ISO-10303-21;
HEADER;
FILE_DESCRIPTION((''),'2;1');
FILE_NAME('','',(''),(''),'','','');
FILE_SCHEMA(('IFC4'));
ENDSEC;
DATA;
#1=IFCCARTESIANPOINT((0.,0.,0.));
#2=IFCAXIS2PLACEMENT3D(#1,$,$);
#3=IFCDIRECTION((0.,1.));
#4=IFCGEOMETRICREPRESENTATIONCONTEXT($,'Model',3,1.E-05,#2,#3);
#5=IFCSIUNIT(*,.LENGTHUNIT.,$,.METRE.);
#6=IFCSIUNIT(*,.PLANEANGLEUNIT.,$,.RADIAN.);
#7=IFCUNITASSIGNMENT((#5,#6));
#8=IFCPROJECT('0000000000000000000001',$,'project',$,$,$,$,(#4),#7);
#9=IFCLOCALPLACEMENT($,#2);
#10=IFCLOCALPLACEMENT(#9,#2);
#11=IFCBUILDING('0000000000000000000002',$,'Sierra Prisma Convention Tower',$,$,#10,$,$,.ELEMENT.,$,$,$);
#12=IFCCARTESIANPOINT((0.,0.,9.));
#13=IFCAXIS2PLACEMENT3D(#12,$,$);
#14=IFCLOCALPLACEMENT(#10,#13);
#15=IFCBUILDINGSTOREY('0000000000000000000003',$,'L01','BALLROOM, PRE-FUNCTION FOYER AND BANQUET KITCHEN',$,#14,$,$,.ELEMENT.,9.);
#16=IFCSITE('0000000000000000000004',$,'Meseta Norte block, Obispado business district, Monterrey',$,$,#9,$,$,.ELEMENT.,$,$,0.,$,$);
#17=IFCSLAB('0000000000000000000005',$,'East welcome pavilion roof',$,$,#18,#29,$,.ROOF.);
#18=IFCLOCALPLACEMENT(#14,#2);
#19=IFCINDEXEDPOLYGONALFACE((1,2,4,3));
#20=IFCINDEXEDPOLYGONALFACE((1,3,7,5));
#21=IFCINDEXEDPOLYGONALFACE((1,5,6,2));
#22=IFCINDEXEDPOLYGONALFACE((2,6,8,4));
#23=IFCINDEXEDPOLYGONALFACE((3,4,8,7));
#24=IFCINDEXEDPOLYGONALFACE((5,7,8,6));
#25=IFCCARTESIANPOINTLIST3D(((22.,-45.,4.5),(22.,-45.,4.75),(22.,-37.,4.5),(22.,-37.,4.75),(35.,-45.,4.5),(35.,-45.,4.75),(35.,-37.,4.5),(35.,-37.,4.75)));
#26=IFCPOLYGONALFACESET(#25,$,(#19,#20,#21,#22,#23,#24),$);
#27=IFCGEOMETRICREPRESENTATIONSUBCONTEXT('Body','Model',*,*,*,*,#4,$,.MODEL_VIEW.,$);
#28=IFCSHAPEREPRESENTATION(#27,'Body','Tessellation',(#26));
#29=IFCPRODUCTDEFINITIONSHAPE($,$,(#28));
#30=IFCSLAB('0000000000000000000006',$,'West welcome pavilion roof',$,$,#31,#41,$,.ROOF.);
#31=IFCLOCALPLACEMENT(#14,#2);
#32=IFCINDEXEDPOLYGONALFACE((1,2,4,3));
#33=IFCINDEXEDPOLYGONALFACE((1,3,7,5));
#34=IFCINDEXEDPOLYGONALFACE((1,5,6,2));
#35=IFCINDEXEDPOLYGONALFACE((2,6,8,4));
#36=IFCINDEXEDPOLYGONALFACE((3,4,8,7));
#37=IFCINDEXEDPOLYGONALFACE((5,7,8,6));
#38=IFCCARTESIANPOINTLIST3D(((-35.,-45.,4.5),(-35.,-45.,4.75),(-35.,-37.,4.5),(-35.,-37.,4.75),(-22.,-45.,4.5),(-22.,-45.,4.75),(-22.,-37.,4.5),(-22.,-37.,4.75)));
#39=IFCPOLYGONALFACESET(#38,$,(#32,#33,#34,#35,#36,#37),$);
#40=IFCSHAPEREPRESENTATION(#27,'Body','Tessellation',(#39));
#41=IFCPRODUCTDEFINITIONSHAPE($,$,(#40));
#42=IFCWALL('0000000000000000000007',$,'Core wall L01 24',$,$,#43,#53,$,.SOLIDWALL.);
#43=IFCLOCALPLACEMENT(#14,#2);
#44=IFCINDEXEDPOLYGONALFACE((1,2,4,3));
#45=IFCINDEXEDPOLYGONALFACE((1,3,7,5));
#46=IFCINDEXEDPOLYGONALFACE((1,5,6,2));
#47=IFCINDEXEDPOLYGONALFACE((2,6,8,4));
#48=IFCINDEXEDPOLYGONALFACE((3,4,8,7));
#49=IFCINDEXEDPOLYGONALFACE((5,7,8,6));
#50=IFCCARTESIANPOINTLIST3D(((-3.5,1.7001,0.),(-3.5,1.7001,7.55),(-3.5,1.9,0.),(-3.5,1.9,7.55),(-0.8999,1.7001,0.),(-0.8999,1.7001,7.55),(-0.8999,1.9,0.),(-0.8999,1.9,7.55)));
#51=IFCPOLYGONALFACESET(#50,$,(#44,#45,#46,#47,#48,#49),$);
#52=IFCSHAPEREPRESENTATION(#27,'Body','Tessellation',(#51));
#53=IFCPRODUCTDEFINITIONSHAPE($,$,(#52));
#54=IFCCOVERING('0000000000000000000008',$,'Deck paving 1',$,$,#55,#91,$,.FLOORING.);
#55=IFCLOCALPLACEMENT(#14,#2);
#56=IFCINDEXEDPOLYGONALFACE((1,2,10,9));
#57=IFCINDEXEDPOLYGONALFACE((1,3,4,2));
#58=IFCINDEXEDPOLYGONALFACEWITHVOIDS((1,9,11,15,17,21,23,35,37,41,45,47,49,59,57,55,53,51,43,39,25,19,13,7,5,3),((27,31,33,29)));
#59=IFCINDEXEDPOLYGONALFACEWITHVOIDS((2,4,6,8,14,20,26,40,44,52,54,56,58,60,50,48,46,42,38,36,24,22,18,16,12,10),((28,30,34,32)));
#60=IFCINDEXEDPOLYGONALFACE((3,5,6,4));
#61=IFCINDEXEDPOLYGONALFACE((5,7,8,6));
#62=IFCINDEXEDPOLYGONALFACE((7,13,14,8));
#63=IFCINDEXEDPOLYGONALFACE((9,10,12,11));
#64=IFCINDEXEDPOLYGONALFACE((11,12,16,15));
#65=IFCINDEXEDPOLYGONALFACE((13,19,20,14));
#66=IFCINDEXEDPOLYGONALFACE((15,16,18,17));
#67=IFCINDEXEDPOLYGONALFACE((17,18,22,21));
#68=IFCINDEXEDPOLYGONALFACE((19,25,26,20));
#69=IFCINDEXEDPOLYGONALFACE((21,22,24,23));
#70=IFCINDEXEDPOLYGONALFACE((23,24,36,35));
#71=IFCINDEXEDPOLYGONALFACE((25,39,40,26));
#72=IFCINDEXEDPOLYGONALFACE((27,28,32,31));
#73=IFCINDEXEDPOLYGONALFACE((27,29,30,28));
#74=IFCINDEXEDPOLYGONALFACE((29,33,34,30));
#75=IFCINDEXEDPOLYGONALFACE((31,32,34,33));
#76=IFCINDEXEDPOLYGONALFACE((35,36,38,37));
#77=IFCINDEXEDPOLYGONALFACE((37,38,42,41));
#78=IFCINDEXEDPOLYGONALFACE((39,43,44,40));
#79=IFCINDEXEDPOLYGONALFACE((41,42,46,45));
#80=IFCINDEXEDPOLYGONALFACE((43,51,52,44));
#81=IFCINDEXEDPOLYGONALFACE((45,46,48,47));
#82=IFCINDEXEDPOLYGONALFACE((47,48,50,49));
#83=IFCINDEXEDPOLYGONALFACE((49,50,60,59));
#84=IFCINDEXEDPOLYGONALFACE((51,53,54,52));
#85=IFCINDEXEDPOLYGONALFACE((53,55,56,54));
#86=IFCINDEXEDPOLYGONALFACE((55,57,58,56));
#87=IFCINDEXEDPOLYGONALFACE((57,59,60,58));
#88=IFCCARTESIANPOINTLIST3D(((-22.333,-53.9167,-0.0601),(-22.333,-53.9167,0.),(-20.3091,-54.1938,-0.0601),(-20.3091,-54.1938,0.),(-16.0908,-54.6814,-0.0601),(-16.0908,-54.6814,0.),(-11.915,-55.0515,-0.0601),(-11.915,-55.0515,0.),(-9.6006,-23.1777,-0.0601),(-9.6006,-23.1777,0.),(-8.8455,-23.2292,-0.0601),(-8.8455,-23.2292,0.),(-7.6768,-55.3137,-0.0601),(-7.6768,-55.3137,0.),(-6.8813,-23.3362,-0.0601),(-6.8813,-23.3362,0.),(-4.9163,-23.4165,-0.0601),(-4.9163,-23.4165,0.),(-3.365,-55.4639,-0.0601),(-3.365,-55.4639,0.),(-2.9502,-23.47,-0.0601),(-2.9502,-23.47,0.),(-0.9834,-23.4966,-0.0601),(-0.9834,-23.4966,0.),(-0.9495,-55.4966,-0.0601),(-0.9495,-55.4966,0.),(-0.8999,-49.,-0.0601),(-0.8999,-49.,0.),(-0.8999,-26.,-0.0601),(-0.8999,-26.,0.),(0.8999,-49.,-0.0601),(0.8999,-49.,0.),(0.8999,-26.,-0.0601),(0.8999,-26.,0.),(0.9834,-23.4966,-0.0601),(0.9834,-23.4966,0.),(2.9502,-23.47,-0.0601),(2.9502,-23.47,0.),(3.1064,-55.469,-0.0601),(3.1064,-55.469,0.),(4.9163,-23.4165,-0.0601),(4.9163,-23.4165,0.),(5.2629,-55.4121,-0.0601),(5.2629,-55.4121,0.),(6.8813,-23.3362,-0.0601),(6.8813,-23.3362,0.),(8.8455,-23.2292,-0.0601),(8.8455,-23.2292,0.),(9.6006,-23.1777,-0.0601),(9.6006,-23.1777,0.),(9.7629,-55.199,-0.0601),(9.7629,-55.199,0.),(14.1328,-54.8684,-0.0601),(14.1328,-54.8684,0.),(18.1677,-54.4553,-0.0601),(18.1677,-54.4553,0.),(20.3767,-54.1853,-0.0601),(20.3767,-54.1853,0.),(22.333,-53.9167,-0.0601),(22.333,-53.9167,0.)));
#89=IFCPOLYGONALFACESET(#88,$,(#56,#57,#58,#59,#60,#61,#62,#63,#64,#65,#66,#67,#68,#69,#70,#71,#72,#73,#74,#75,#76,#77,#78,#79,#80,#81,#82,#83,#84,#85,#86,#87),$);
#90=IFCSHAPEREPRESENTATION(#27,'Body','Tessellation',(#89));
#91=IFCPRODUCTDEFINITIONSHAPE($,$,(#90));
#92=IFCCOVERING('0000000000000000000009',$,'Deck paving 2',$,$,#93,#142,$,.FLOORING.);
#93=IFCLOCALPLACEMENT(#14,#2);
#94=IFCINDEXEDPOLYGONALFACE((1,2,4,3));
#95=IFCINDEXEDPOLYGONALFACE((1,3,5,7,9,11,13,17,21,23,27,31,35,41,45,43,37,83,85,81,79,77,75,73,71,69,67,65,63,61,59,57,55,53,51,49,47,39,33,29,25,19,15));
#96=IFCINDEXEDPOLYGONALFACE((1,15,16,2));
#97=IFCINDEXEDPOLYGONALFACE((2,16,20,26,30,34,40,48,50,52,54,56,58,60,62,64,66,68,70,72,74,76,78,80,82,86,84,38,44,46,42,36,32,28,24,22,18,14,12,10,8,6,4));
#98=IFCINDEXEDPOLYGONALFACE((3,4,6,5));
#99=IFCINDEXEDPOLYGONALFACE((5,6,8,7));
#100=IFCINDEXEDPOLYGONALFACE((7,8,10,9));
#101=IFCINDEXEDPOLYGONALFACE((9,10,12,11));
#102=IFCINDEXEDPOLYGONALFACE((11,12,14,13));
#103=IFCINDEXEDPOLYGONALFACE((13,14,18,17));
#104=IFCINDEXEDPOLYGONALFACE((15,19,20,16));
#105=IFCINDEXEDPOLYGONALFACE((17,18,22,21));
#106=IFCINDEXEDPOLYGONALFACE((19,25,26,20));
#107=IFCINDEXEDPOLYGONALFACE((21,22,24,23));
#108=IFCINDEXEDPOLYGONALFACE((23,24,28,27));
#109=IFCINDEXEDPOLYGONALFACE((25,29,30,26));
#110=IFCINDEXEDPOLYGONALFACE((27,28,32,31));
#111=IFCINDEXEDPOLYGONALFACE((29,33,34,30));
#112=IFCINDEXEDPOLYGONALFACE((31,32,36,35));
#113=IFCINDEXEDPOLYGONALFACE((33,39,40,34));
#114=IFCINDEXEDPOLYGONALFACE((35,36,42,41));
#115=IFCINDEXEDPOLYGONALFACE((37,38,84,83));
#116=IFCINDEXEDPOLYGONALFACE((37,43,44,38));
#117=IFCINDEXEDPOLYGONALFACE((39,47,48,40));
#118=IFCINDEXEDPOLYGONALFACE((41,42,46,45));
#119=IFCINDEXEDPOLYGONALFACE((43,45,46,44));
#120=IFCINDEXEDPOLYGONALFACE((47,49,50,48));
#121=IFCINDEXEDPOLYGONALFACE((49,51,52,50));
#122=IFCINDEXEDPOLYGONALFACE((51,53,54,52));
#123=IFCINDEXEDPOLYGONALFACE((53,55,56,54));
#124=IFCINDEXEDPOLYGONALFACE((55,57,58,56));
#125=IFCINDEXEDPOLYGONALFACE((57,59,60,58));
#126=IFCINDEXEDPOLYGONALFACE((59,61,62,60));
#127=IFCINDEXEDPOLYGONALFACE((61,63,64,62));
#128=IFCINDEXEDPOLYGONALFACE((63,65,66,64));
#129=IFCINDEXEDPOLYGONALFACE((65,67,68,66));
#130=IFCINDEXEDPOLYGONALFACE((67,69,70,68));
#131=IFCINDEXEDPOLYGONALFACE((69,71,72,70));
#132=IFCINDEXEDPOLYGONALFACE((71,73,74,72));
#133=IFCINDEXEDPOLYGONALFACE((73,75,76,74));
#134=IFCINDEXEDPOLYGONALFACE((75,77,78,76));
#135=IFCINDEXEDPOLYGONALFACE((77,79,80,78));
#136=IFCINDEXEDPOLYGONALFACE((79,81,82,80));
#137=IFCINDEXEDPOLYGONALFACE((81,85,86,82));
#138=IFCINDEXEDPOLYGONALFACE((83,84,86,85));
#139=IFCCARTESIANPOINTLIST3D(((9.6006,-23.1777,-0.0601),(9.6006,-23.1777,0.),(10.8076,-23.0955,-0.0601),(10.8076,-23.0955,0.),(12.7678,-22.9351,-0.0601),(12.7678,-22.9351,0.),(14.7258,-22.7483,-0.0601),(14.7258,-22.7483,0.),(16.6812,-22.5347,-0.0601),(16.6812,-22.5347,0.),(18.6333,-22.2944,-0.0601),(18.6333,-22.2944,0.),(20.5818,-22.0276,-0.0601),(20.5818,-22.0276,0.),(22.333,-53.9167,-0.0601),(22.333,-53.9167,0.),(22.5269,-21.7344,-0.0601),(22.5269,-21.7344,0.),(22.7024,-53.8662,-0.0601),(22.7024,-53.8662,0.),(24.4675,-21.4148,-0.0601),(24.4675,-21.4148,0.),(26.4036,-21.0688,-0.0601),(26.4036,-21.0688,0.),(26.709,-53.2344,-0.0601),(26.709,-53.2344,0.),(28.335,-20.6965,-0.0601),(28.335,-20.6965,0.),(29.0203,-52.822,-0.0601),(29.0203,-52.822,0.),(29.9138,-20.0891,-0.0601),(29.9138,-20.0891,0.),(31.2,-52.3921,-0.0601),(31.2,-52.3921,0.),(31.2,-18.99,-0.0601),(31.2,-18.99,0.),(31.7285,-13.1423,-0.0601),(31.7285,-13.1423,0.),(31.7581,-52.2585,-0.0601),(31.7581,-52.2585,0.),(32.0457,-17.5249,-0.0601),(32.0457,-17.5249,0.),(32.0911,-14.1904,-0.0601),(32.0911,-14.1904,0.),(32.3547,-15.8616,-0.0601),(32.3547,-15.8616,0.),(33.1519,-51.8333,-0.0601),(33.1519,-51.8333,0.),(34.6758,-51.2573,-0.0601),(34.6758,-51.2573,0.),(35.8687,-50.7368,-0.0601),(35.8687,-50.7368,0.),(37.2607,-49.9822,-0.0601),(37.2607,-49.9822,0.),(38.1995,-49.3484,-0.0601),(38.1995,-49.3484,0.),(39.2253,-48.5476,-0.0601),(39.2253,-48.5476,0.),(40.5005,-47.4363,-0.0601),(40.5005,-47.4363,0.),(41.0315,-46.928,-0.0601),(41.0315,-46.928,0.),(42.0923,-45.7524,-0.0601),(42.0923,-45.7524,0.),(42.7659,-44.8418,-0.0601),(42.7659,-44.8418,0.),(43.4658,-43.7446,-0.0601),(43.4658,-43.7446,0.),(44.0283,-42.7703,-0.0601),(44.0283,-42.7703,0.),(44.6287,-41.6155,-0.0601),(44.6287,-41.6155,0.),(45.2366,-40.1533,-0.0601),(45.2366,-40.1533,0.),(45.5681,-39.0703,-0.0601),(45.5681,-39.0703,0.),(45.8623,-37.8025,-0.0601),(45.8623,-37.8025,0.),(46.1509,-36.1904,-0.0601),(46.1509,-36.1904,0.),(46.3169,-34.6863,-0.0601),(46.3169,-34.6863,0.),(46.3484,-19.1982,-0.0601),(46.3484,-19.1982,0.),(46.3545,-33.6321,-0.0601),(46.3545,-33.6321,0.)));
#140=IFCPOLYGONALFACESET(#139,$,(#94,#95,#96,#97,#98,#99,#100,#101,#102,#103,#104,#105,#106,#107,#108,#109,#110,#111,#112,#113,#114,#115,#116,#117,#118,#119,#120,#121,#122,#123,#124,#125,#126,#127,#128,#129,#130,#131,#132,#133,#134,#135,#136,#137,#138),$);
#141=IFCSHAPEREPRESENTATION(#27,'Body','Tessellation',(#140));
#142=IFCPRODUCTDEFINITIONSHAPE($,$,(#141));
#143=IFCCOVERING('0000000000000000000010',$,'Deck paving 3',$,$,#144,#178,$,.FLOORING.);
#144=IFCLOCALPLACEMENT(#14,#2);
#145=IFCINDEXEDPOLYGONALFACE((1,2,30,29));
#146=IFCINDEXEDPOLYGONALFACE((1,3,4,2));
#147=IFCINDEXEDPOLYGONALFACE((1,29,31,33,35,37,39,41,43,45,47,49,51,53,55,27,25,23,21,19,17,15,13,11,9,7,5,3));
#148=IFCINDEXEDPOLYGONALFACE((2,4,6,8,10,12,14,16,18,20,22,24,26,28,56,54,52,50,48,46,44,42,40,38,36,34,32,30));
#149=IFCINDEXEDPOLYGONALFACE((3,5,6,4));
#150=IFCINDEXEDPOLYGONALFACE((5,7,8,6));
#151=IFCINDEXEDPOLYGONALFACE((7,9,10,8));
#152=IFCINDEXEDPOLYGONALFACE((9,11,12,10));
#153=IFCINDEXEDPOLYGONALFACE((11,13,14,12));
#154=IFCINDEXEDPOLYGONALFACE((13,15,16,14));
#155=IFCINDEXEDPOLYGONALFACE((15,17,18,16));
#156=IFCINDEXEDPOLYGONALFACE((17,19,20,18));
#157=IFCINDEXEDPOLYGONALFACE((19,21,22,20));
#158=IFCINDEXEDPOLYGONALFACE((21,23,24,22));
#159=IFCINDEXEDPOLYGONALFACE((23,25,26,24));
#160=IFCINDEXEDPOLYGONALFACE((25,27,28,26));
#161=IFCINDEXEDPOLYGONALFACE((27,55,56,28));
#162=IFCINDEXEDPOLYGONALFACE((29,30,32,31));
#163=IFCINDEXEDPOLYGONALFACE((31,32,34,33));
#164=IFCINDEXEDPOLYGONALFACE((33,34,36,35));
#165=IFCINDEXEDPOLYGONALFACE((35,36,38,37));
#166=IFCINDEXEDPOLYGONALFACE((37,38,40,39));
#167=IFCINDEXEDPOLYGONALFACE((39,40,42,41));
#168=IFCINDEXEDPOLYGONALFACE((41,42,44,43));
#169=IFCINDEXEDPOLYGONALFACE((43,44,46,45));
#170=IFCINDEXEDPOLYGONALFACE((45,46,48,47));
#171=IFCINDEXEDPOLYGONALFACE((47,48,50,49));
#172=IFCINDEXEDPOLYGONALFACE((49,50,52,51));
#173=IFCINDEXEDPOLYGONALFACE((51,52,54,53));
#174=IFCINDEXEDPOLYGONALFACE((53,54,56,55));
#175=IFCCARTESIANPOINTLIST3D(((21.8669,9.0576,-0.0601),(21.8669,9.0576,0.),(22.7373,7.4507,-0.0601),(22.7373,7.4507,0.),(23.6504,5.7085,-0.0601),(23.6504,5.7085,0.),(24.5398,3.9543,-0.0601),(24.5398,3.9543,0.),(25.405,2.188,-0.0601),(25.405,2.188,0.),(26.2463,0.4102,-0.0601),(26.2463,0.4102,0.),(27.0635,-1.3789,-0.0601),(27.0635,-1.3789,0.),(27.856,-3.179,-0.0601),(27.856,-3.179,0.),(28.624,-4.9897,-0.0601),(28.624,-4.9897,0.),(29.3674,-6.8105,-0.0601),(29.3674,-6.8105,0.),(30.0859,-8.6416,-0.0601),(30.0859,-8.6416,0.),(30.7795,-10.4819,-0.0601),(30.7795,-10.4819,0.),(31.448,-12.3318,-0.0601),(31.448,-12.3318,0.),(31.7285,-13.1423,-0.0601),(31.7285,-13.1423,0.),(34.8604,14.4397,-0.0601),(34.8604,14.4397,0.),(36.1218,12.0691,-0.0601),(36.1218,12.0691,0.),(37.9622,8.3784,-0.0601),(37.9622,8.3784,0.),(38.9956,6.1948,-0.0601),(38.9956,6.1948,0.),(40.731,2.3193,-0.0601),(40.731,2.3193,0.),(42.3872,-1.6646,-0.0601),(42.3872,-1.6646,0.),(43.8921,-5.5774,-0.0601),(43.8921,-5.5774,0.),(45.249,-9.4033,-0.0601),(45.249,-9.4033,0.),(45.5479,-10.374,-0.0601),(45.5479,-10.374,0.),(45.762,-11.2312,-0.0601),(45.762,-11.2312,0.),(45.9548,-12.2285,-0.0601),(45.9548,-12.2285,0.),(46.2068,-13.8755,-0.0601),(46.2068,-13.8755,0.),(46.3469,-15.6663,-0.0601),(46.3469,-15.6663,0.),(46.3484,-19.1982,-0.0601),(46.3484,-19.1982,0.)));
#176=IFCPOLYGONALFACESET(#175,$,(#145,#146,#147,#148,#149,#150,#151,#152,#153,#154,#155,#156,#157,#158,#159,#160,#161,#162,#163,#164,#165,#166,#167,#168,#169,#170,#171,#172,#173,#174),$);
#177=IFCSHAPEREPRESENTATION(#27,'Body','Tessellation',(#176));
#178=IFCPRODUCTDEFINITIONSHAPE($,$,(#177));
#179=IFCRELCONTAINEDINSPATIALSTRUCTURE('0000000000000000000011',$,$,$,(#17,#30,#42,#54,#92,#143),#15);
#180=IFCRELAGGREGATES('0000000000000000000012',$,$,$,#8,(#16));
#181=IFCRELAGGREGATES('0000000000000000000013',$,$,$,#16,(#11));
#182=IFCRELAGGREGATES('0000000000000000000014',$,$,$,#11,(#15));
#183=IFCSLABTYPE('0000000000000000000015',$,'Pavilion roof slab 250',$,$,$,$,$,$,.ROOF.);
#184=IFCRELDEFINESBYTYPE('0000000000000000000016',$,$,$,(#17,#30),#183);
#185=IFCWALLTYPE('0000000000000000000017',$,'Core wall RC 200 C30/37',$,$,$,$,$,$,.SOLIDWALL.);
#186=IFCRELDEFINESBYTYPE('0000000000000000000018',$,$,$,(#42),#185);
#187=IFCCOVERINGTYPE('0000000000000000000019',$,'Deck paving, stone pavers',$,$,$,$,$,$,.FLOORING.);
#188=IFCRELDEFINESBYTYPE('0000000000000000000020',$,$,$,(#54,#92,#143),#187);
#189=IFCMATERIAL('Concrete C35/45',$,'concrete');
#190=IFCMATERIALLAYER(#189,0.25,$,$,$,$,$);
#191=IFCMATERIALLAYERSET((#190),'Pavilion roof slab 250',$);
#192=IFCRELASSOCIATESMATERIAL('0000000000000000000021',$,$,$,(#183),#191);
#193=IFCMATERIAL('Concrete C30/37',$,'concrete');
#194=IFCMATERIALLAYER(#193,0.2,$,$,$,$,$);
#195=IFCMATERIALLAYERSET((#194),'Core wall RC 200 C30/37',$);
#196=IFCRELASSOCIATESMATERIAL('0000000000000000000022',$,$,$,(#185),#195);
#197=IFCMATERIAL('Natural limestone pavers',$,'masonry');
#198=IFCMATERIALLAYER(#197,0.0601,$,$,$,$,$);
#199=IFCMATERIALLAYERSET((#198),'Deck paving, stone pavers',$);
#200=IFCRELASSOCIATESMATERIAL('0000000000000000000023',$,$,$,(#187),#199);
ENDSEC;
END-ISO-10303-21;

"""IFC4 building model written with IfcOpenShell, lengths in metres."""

from ifc_helpers import new_model, si_unit, direction, frame, frame_2d, origin, place, context, subcontext, project, spatial, polyline, rectangle, outline, extrude, material, layer, layer_set, type_object, element, save


model = new_model("IFC4")

# Units and contexts
model_context = context("Model", 3, precision=1e-05, world=origin(), true_north=direction((0.0, 1.0)))
body_context = subcontext(model_context, "Body", "Model", "MODEL_VIEW")
ifc_project = project(units=[si_unit("LENGTHUNIT", "METRE"), si_unit("PLANEANGLEUNIT", "RADIAN")], contexts=[model_context])

# Site, building, storey
site_placement = place(None, origin())
site = spatial("IfcSite", under=ifc_project, at=site_placement, Name="Meseta Norte block, Obispado business district, Monterrey", CompositionType="ELEMENT", RefElevation=0.0)
building_placement = place(site_placement, origin())
building = spatial("IfcBuilding", under=site, at=building_placement, Name="Sierra Prisma Convention Tower", CompositionType="ELEMENT")
storey_placement = place(building_placement, frame((0.0, 0.0, 9.0)))
storey = spatial("IfcBuildingStorey", under=building, at=storey_placement, Name="L01", Description="BALLROOM, PRE-FUNCTION FOYER AND BANQUET KITCHEN", CompositionType="ELEMENT", Elevation=9.0)

# Slabs
ifc_material_1 = material(Name="Concrete C35/45", Category="concrete")
ifc_layer_1 = layer(ifc_material_1, 0.25)
ifc_layer_set_1 = layer_set([ifc_layer_1], Name="Pavilion roof slab 250")
slab_type_1 = type_object("IfcSlabType", Name="Pavilion roof slab 250", PredefinedType="ROOF", material=ifc_layer_set_1)
slab_1_placement = place(storey_placement, frame((0.0, 0.0, 4.5)))
element("IfcSlab", 1, at=slab_1_placement, inside=storey, type_object=slab_type_1, Name="East welcome pavilion roof", PredefinedType="ROOF", context=body_context, shape_type="SweptSolid", body=[
    extrude(outline(polyline([(22.0, -45.0), (35.0, -45.0), (35.0, -37.0), (22.0, -37.0), (22.0, -45.0)])), origin(), (0.0, 0.0, 1.0), 0.25),
])
slab_2_placement = place(storey_placement, frame((0.0, 0.0, 4.5)))
element("IfcSlab", 2, at=slab_2_placement, inside=storey, type_object=slab_type_1, Name="West welcome pavilion roof", PredefinedType="ROOF", context=body_context, shape_type="SweptSolid", body=[
    extrude(outline(polyline([(-35.0, -45.0), (-22.0, -45.0), (-22.0, -37.0), (-35.0, -37.0), (-35.0, -45.0)])), origin(), (0.0, 0.0, 1.0), 0.25),
])

# Wall
ifc_material_2 = material(Name="Concrete C30/37", Category="concrete")
ifc_layer_2 = layer(ifc_material_2, 0.2)
ifc_layer_set_2 = layer_set([ifc_layer_2], Name="Core wall RC 200 C30/37")
wall_type = type_object("IfcWallType", Name="Core wall RC 200 C30/37", PredefinedType="SOLIDWALL", material=ifc_layer_set_2)
wall_1_placement = place(storey_placement, frame((-0.8999, 1.8, 0.0), z_axis=(0.0, 0.0, 1.0), x_axis=(-1.0, 0.0, 0.0)))
element("IfcWall", 3, at=wall_1_placement, inside=storey, type_object=wall_type, Name="Core wall L01 24", PredefinedType="SOLIDWALL", context=body_context, shape_type="SweptSolid", body=[
    extrude(rectangle(XDim=2.6001, YDim=0.2, at=frame_2d((1.3, 0.0))), origin(), (0.0, 0.0, 1.0), 7.55),
])

# Coverings
ifc_material_3 = material(Name="Natural limestone pavers", Category="masonry")
ifc_layer_3 = layer(ifc_material_3, 0.0601)
ifc_layer_set_3 = layer_set([ifc_layer_3], Name="Deck paving, stone pavers")
covering_type_1 = type_object("IfcCoveringType", Name="Deck paving, stone pavers", PredefinedType="FLOORING", material=ifc_layer_set_3)
covering_1_placement = place(storey_placement, frame((0.0, 0.0, -0.0601)))
element("IfcCovering", 4, at=covering_1_placement, inside=storey, type_object=covering_type_1, Name="Deck paving 1", PredefinedType="FLOORING", context=body_context, shape_type="SweptSolid", body=[
    extrude(outline(polyline([(-3.365, -55.4639), (-0.9495, -55.4966), (3.1064, -55.469), (5.2629, -55.4121), (9.7629, -55.199), (14.1328, -54.8684), (18.1677, -54.4553), (20.3767, -54.1853), (22.333, -53.9167), (9.6006, -23.1777), (8.8455, -23.2292), (6.8813, -23.3362), (4.9163, -23.4165), (2.9502, -23.47), (0.9834, -23.4966), (-0.9834, -23.4966), (-2.9502, -23.47), (-4.9163, -23.4165), (-6.8813, -23.3362), (-8.8455, -23.2292), (-9.6006, -23.1777), (-22.333, -53.9167), (-20.3091, -54.1938), (-16.0908, -54.6814), (-11.915, -55.0515), (-7.6768, -55.3137), (-3.365, -55.4639)]), holes=[polyline([(0.8999, -49.0), (-0.8999, -49.0), (-0.8999, -26.0), (0.8999, -26.0), (0.8999, -49.0)])]), origin(), (0.0, 0.0, 1.0), 0.0601),
])
covering_2_placement = place(storey_placement, frame((0.0, 0.0, -0.0601)))
element("IfcCovering", 5, at=covering_2_placement, inside=storey, type_object=covering_type_1, Name="Deck paving 2", PredefinedType="FLOORING", context=body_context, shape_type="SweptSolid", body=[
    extrude(outline(polyline([(46.3484, -19.1982), (31.7285, -13.1423), (32.0911, -14.1904), (32.3547, -15.8616), (32.0457, -17.5249), (31.2, -18.99), (29.9138, -20.0891), (28.335, -20.6965), (26.4036, -21.0688), (24.4675, -21.4148), (22.5269, -21.7344), (20.5818, -22.0276), (18.6333, -22.2944), (16.6812, -22.5347), (14.7258, -22.7483), (12.7678, -22.9351), (10.8076, -23.0955), (9.6006, -23.1777), (22.333, -53.9167), (22.7024, -53.8662), (26.709, -53.2344), (29.0203, -52.822), (31.2, -52.3921), (31.7581, -52.2585), (33.1519, -51.8333), (34.6758, -51.2573), (35.8687, -50.7368), (37.2607, -49.9822), (38.1995, -49.3484), (39.2253, -48.5476), (40.5005, -47.4363), (41.0315, -46.928), (42.0923, -45.7524), (42.7659, -44.8418), (43.4658, -43.7446), (44.0283, -42.7703), (44.6287, -41.6155), (45.2366, -40.1533), (45.5681, -39.0703), (45.8623, -37.8025), (46.1509, -36.1904), (46.3169, -34.6863), (46.3545, -33.6321), (46.3484, -19.1982)])), origin(), (0.0, 0.0, 1.0), 0.0601),
])
covering_3_placement = place(storey_placement, frame((0.0, 0.0, -0.0601)))
element("IfcCovering", 6, at=covering_3_placement, inside=storey, type_object=covering_type_1, Name="Deck paving 3", PredefinedType="FLOORING", context=body_context, shape_type="SweptSolid", body=[
    extrude(outline(polyline([(34.8604, 14.4397), (21.8669, 9.0576), (22.7373, 7.4507), (23.6504, 5.7085), (24.5398, 3.9543), (25.405, 2.188), (26.2463, 0.4102), (27.0635, -1.3789), (27.856, -3.179), (28.624, -4.9897), (29.3674, -6.8105), (30.0859, -8.6416), (30.7795, -10.4819), (31.448, -12.3318), (31.7285, -13.1423), (46.3484, -19.1982), (46.3469, -15.6663), (46.2068, -13.8755), (45.9548, -12.2285), (45.762, -11.2312), (45.5479, -10.374), (45.249, -9.4033), (43.8921, -5.5774), (42.3872, -1.6646), (40.731, 2.3193), (38.9956, 6.1948), (37.9622, 8.3784), (36.1218, 12.0691), (34.8604, 14.4397)])), origin(), (0.0, 0.0, 1.0), 0.0601),
])

save(model, "model.ifc")
